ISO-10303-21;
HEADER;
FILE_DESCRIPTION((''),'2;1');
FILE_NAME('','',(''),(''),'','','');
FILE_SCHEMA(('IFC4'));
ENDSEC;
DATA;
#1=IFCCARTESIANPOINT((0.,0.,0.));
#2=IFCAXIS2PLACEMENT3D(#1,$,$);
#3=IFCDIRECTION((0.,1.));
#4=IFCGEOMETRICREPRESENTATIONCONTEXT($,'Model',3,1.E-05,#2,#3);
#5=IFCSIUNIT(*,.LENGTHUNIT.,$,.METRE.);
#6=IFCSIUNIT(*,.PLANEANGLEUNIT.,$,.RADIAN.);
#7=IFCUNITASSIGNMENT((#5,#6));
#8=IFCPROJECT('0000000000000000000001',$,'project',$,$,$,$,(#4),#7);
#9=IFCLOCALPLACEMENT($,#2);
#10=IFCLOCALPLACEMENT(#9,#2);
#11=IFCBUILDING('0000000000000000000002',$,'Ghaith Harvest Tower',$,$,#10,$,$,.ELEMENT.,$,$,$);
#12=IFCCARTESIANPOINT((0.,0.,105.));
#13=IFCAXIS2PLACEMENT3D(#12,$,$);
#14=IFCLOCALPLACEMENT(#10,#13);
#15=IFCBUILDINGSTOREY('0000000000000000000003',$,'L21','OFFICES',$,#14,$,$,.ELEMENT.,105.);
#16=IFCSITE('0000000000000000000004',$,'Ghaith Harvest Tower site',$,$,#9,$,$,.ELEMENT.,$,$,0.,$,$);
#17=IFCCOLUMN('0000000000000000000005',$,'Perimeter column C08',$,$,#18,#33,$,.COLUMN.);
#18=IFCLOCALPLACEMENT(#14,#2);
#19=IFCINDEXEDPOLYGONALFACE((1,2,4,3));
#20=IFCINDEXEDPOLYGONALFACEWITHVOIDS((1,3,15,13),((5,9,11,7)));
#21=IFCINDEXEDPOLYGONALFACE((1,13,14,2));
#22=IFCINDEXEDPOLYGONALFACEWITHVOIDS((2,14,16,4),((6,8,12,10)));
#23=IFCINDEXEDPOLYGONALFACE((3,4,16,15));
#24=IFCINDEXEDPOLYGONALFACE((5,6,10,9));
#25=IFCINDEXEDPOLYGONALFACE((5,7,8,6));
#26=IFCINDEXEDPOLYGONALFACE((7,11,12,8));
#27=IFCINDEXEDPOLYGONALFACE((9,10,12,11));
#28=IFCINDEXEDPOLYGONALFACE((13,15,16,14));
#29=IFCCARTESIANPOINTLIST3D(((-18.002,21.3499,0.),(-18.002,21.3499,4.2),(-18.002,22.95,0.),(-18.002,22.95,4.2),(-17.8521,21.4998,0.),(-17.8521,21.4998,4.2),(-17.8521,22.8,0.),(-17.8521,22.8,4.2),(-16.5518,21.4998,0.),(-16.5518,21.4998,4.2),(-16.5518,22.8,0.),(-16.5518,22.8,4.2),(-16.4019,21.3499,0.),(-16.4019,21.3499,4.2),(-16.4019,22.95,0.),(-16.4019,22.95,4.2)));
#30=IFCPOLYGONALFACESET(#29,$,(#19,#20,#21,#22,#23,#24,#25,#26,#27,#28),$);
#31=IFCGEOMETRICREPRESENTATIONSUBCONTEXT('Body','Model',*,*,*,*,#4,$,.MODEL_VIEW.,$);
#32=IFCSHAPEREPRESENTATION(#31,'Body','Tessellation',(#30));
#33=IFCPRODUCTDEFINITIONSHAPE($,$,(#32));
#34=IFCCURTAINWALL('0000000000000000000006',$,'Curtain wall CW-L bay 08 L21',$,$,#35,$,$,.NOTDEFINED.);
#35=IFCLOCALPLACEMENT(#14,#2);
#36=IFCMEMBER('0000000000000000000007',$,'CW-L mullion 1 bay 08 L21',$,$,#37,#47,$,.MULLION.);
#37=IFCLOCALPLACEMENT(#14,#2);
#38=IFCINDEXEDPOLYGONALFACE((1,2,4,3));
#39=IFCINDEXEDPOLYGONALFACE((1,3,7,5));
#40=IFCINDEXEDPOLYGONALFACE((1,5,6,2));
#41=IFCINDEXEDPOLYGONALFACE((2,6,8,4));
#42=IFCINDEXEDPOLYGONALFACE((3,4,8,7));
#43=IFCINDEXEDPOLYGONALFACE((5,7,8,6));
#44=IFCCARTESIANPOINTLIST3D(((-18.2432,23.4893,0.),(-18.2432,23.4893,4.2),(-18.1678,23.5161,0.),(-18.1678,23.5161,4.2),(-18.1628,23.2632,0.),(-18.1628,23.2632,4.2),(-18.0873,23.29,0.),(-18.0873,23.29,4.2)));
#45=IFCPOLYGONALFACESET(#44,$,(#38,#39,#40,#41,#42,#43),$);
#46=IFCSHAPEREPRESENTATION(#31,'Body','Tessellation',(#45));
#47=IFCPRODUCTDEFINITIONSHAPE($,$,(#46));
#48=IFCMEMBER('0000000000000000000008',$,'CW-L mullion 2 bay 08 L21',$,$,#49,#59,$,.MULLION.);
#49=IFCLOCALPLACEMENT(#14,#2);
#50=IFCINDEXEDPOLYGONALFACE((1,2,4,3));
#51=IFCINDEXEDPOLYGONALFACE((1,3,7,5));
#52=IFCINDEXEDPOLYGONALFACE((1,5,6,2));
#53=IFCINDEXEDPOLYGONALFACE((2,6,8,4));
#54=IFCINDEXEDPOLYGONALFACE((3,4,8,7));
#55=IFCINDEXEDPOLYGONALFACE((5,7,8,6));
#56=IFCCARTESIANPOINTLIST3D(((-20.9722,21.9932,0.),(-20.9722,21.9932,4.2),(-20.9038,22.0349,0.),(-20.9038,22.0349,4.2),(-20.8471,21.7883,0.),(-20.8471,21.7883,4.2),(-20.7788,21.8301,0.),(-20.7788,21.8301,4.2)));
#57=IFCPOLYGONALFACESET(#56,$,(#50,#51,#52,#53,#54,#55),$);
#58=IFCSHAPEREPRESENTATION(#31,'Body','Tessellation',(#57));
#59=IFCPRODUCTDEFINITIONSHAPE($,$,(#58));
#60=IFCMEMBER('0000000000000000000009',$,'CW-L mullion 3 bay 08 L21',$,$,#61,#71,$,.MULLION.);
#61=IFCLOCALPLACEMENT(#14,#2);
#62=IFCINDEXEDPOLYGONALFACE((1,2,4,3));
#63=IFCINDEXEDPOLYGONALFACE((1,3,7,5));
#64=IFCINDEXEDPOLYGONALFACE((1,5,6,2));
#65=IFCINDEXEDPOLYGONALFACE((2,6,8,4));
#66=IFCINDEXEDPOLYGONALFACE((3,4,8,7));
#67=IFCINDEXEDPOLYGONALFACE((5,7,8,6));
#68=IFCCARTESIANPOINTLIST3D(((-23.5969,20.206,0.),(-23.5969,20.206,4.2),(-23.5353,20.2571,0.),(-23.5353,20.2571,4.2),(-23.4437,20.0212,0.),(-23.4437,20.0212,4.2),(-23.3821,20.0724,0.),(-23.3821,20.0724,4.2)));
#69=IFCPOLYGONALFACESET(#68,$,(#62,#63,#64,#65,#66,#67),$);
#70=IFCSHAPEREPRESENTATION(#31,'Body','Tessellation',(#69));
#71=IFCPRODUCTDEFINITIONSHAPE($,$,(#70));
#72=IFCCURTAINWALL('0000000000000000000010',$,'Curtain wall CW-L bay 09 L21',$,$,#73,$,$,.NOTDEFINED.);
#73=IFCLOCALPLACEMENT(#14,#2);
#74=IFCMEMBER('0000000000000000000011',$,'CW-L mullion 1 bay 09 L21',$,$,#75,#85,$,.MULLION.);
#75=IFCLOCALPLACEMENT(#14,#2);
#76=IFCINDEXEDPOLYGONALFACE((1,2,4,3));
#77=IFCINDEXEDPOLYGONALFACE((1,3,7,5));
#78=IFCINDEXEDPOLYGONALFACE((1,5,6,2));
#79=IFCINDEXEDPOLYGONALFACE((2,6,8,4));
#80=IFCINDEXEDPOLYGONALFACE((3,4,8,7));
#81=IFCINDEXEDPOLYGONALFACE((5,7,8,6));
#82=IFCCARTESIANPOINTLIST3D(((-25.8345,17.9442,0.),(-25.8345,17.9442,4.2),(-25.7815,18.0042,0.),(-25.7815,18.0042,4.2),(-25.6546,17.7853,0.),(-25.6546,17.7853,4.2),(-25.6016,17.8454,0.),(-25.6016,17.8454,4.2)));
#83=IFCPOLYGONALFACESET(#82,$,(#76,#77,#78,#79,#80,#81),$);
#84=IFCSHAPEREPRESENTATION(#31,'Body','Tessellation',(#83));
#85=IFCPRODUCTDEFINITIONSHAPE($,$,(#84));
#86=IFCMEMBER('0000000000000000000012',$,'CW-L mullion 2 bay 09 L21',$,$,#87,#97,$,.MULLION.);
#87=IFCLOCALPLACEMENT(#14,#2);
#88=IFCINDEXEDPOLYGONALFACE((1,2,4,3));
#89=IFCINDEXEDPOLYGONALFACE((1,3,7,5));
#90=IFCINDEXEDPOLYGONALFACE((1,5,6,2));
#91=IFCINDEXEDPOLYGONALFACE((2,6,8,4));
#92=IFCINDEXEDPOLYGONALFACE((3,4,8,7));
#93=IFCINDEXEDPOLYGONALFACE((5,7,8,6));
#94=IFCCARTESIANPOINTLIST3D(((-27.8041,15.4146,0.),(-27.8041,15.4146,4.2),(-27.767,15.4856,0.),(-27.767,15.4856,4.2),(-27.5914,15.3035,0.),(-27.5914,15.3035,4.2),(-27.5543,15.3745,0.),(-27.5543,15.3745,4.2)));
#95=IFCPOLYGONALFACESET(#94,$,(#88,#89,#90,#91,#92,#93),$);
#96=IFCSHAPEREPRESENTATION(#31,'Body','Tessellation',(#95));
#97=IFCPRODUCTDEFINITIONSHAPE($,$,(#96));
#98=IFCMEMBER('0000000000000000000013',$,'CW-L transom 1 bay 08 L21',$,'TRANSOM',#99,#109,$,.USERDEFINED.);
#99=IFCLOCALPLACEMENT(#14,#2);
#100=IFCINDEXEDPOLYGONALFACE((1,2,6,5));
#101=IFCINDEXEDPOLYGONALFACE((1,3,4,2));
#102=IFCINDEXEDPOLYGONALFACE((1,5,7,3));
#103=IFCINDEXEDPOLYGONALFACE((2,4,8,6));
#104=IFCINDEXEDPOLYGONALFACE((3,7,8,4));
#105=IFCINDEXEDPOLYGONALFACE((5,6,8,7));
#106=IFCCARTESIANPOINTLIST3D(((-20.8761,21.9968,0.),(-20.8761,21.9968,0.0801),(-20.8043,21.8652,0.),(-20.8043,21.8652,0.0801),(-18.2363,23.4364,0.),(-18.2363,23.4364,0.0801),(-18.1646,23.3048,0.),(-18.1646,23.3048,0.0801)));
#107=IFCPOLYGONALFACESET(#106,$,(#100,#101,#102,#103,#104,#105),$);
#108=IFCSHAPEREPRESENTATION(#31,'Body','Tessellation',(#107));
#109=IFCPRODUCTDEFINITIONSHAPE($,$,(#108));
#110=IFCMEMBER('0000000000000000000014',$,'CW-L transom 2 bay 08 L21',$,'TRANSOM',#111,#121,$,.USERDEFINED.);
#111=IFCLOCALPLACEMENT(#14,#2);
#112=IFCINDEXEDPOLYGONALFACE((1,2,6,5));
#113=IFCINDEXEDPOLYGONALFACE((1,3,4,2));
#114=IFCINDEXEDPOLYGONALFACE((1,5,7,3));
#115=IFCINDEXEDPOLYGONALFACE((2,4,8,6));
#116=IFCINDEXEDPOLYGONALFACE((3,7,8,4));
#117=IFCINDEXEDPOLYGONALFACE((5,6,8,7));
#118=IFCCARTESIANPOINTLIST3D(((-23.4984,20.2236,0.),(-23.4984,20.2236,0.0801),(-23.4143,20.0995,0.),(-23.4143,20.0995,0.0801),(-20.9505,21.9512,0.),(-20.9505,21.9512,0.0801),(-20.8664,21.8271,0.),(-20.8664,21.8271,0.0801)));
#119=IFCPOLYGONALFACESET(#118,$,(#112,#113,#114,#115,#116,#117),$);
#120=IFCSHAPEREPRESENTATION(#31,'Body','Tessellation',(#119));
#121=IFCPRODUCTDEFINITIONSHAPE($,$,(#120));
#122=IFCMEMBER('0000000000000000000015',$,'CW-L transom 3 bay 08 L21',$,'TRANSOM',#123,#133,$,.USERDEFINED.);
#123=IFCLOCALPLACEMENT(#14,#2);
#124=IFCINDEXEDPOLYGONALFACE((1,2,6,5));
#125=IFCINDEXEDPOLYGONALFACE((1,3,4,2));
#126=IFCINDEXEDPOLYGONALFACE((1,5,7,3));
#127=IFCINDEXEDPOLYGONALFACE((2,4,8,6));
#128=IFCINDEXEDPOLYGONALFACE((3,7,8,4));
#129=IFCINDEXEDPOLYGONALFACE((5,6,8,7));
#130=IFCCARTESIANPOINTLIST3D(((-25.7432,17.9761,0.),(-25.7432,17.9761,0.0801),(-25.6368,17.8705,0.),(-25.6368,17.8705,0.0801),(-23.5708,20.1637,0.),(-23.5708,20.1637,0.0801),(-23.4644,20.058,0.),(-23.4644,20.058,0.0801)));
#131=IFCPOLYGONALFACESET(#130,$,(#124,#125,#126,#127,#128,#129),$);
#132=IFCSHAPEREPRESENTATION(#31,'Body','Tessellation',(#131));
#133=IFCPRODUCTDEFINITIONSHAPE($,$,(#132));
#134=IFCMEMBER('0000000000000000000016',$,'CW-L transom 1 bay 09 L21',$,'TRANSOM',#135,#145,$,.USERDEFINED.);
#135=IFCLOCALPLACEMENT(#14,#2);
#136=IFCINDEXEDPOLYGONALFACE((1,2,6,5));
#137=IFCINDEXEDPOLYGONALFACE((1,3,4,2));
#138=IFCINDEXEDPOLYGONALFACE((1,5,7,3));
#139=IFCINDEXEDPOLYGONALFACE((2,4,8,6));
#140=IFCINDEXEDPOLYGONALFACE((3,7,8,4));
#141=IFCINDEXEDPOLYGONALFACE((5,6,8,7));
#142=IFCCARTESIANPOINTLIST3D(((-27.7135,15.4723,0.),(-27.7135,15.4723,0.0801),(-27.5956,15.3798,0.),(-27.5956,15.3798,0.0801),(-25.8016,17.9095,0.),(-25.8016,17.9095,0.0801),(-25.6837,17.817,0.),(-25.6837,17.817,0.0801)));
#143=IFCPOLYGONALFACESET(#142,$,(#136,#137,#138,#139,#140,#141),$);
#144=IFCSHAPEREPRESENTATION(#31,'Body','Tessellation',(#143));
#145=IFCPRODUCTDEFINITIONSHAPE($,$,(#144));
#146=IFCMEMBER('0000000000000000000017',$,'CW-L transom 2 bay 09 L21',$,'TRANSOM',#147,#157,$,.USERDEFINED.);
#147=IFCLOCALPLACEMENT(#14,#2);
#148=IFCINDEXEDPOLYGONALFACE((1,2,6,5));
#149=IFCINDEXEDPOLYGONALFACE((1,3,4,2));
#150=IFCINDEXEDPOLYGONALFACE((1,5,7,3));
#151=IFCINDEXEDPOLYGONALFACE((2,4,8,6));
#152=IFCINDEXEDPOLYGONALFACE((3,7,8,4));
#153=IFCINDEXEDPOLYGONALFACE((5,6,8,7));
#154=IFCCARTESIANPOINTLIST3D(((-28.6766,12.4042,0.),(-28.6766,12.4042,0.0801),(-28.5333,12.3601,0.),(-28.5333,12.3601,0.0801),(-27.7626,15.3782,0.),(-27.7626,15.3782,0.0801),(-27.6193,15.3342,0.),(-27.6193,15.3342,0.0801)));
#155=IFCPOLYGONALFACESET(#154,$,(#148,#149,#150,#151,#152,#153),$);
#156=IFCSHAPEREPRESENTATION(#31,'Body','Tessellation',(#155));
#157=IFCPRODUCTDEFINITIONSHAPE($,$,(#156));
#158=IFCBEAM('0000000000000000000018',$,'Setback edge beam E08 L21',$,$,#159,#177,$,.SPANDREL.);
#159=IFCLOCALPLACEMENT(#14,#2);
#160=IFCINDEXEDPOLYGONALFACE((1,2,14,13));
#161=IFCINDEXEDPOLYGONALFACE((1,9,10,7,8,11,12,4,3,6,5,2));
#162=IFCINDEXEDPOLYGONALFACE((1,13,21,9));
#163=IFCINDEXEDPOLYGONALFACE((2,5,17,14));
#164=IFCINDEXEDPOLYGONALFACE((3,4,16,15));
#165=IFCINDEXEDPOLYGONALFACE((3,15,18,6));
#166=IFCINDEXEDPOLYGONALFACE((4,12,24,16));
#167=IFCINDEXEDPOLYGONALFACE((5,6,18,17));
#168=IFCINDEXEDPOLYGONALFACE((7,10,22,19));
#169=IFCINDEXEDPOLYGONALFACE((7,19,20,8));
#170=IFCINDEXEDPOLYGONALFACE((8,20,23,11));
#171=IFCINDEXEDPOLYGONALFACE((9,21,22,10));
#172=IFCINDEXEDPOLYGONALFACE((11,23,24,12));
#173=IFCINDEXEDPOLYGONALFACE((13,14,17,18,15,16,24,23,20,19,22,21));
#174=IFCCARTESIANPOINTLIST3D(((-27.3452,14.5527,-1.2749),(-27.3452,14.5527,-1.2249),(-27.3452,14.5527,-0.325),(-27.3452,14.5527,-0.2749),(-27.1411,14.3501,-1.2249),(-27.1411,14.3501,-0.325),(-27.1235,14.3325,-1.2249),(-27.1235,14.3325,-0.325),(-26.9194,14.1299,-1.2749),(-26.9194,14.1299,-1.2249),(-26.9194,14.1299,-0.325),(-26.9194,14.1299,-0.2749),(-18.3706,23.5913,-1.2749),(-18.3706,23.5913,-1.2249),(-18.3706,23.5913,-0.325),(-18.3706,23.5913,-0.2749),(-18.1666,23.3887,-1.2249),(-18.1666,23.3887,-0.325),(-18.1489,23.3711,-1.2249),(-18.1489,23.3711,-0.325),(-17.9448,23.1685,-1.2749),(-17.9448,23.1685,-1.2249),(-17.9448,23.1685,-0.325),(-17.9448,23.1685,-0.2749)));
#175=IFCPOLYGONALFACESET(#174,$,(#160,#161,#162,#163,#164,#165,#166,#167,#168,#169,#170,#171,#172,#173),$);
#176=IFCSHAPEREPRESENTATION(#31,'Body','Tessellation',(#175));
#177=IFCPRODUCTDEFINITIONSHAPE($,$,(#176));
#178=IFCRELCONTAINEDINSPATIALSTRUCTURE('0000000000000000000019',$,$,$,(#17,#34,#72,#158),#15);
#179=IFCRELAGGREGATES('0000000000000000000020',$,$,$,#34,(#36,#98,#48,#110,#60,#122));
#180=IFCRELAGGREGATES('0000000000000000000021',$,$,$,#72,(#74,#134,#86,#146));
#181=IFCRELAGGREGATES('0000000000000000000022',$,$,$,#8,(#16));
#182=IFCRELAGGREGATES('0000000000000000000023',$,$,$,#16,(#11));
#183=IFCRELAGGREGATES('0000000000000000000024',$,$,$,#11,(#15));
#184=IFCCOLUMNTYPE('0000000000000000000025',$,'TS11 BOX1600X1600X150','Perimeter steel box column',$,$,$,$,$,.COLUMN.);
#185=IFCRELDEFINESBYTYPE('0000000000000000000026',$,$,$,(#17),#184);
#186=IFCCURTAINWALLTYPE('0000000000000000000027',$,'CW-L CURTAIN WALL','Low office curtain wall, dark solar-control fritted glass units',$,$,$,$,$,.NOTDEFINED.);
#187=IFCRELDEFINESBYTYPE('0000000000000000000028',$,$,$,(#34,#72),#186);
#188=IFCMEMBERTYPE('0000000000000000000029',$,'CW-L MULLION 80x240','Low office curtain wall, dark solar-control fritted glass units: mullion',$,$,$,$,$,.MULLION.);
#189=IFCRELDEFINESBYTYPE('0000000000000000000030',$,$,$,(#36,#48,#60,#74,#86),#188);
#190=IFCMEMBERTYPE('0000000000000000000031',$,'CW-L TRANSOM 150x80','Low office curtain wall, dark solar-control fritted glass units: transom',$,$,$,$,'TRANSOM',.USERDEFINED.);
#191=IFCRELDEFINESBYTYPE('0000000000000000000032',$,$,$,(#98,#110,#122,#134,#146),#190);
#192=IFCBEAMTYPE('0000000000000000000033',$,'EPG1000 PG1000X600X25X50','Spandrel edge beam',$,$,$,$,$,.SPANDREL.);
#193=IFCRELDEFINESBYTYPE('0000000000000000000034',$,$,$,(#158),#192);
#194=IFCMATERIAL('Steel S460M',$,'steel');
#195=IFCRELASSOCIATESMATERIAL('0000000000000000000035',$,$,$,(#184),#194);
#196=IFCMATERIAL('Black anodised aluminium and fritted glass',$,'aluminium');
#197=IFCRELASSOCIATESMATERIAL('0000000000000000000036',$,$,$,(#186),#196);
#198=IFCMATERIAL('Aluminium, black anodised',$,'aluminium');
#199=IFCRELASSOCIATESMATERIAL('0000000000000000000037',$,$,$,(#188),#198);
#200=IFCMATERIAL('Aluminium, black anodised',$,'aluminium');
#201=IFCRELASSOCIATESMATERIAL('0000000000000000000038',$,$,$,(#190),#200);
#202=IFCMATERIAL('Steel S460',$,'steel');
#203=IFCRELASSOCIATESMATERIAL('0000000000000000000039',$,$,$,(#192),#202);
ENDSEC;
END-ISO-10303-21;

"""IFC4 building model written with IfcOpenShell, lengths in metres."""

from ifc_helpers import new_model, si_unit, direction, frame, origin, origin_2d, place, context, subcontext, project, spatial, rectangle, hollow_rectangle, i_section, extrude, material, material_profile, profile_set, type_object, element, aggregate, save


model = new_model("IFC4")

# Units and contexts
model_context = context("Model", 3, precision=1e-05, world=origin(), true_north=direction((0.0, 1.0)))
body_context = subcontext(model_context, "Body", "Model", "MODEL_VIEW")
ifc_project = project(units=[si_unit("LENGTHUNIT", "METRE"), si_unit("PLANEANGLEUNIT", "RADIAN")], contexts=[model_context])

# Site, building, storey
site_placement = place(None, origin())
site = spatial("IfcSite", under=ifc_project, at=site_placement, Name="Ghaith Harvest Tower site", CompositionType="ELEMENT", RefElevation=0.0)
building_placement = place(site_placement, origin())
building = spatial("IfcBuilding", under=site, at=building_placement, Name="Ghaith Harvest Tower", CompositionType="ELEMENT")
storey_placement = place(building_placement, frame((0.0, 0.0, 105.0)))
storey = spatial("IfcBuildingStorey", under=building, at=storey_placement, Name="L21", Description="OFFICES", CompositionType="ELEMENT", Elevation=105.0)

# Column
ifc_material_1 = material(Name="Steel S460M", Category="steel")
ifc_material_profile_1 = material_profile(ifc_material_1, hollow_rectangle(XDim=1.6001, YDim=1.6001, WallThickness=0.1499, at=origin_2d()), Name="BOX1600X1600X150")
ifc_profile_set_1 = profile_set([ifc_material_profile_1], Name="Steel S460M")
column_type = type_object("IfcColumnType", Name="TS11 BOX1600X1600X150", Description="Perimeter steel box column", PredefinedType="COLUMN", material=ifc_profile_set_1)
column_placement = place(storey_placement, frame((-17.2019, 22.1499, 0.0), z_axis=(0.0, 0.0, 1.0), x_axis=(1.0, 0.0, 0.0)))
element("IfcColumn", 1, at=column_placement, inside=storey, type_object=column_type, Name="Perimeter column C08", PredefinedType="COLUMN", context=body_context, shape_type="SweptSolid", body=[
    extrude(hollow_rectangle(XDim=1.6001, YDim=1.6001, WallThickness=0.1499, at=origin_2d()), origin(), (0.0, 0.0, 1.0), 4.2),
])

# Curtain walls, members
ifc_material_2 = material(Name="Black anodised aluminium and fritted glass", Category="aluminium")
curtain_wall_type = type_object("IfcCurtainWallType", Name="CW-L CURTAIN WALL", Description="Low office curtain wall, dark solar-control fritted glass units", PredefinedType="NOTDEFINED", material=ifc_material_2)
curtain_wall_1_placement = place(storey_placement, origin())
curtain_wall_1 = element("IfcCurtainWall", 2, at=curtain_wall_1_placement, inside=storey, type_object=curtain_wall_type, Name="Curtain wall CW-L bay 08 L21", PredefinedType="NOTDEFINED")
ifc_material_3 = material(Name="Aluminium, black anodised", Category="aluminium")
ifc_material_profile_2 = material_profile(ifc_material_3, rectangle(XDim=0.0801, YDim=0.24, at=origin_2d()), Name="CW-L MULLION 80x240")
ifc_profile_set_2 = profile_set([ifc_material_profile_2], Name="Aluminium, black anodised")
member_type_1 = type_object("IfcMemberType", Name="CW-L MULLION 80x240", Description="Low office curtain wall, dark solar-control fritted glass units: mullion", PredefinedType="MULLION", material=ifc_profile_set_2)
member_1_placement = place(storey_placement, frame((-18.1653, 23.3896, 0.0), z_axis=(0.0, 0.0, 1.0), x_axis=(-0.942104, -0.335322, 0.0)))
member_1 = element("IfcMember", 3, at=member_1_placement, type_object=member_type_1, Name="CW-L mullion 1 bay 08 L21", PredefinedType="MULLION", context=body_context, shape_type="SweptSolid", body=[
    extrude(rectangle(XDim=0.0801, YDim=0.24, at=origin_2d()), origin(), (0.0, 0.0, 1.0), 4.2),
])
member_2_placement = place(storey_placement, frame((-20.8755, 21.9116, 0.0), z_axis=(0.0, 0.0, 1.0), x_axis=(-0.853516, -0.521067, 0.0)))
member_2 = element("IfcMember", 4, at=member_2_placement, type_object=member_type_1, Name="CW-L mullion 2 bay 08 L21", PredefinedType="MULLION", context=body_context, shape_type="SweptSolid", body=[
    extrude(rectangle(XDim=0.0801, YDim=0.24, at=origin_2d()), origin(), (0.0, 0.0, 1.0), 4.2),
])
member_3_placement = place(storey_placement, frame((-23.4895, 20.1392, 0.0), z_axis=(0.0, 0.0, 1.0), x_axis=(-0.769683, -0.638427, 0.0)))
member_3 = element("IfcMember", 5, at=member_3_placement, type_object=member_type_1, Name="CW-L mullion 3 bay 08 L21", PredefinedType="MULLION", context=body_context, shape_type="SweptSolid", body=[
    extrude(rectangle(XDim=0.0801, YDim=0.24, at=origin_2d()), origin(), (0.0, 0.0, 1.0), 4.2),
])
curtain_wall_2_placement = place(storey_placement, origin())
curtain_wall_2 = element("IfcCurtainWall", 6, at=curtain_wall_2_placement, inside=storey, type_object=curtain_wall_type, Name="Curtain wall CW-L bay 09 L21", PredefinedType="NOTDEFINED")
member_4_placement = place(storey_placement, frame((-25.718, 17.8948, 0.0), z_axis=(0.0, 0.0, 1.0), x_axis=(-0.661904, -0.749589, 0.0)))
member_4 = element("IfcMember", 7, at=member_4_placement, type_object=member_type_1, Name="CW-L mullion 1 bay 09 L21", PredefinedType="MULLION", context=body_context, shape_type="SweptSolid", body=[
    extrude(rectangle(XDim=0.0801, YDim=0.24, at=origin_2d()), origin(), (0.0, 0.0, 1.0), 4.2),
])
member_5_placement = place(storey_placement, frame((-27.6792, 15.3945, 0.0), z_axis=(0.0, 0.0, 1.0), x_axis=(-0.46289, -0.886416, 0.0)))
member_5 = element("IfcMember", 8, at=member_5_placement, type_object=member_type_1, Name="CW-L mullion 2 bay 09 L21", PredefinedType="MULLION", context=body_context, shape_type="SweptSolid", body=[
    extrude(rectangle(XDim=0.0801, YDim=0.24, at=origin_2d()), origin(), (0.0, 0.0, 1.0), 4.2),
])

# Members
ifc_material_4 = material(Name="Aluminium, black anodised", Category="aluminium")
ifc_material_profile_3 = material_profile(ifc_material_4, rectangle(XDim=0.1499, YDim=0.0801, at=origin_2d()), Name="CW-L TRANSOM 150x80")
ifc_profile_set_3 = profile_set([ifc_material_profile_3], Name="Aluminium, black anodised")
member_type_2 = type_object("IfcMemberType", Name="CW-L TRANSOM 150x80", Description="Low office curtain wall, dark solar-control fritted glass units: transom", ElementType="TRANSOM", PredefinedType="USERDEFINED", material=ifc_profile_set_3)
member_6_placement = place(storey_placement, frame((-18.2004, 23.3706, 0.04), z_axis=(-0.87793, -0.47879, 0.0), x_axis=(0.47879, -0.87793, 0.0)))
member_6 = element("IfcMember", 9, at=member_6_placement, type_object=member_type_2, Name="CW-L transom 1 bay 08 L21", ObjectType="TRANSOM", PredefinedType="USERDEFINED", context=body_context, shape_type="SweptSolid", body=[
    extrude(rectangle(XDim=0.1499, YDim=0.0801, at=origin_2d()), origin(), (0.0, 0.0, 1.0), 3.0068),
])
member_7_placement = place(storey_placement, frame((-20.9084, 21.8892, 0.04), z_axis=(-0.827681, -0.561199, 0.0), x_axis=(0.561199, -0.827681, 0.0)))
member_7 = element("IfcMember", 10, at=member_7_placement, type_object=member_type_2, Name="CW-L transom 2 bay 08 L21", ObjectType="TRANSOM", PredefinedType="USERDEFINED", context=body_context, shape_type="SweptSolid", body=[
    extrude(rectangle(XDim=0.1499, YDim=0.0801, at=origin_2d()), origin(), (0.0, 0.0, 1.0), 3.0784),
])
member_8_placement = place(storey_placement, frame((-23.5176, 20.1108, 0.04), z_axis=(-0.704648, -0.709557, 0.0), x_axis=(0.709557, -0.704648, 0.0)))
member_8 = element("IfcMember", 11, at=member_8_placement, type_object=member_type_2, Name="CW-L transom 3 bay 08 L21", ObjectType="TRANSOM", PredefinedType="USERDEFINED", context=body_context, shape_type="SweptSolid", body=[
    extrude(rectangle(XDim=0.1499, YDim=0.0801, at=origin_2d()), origin(), (0.0, 0.0, 1.0), 3.083),
])
member_9_placement = place(storey_placement, frame((-25.7427, 17.8633, 0.04), z_axis=(-0.617198, -0.786808, 0.0), x_axis=(0.786808, -0.617198, 0.0)))
member_9 = element("IfcMember", 12, at=member_9_placement, type_object=member_type_2, Name="CW-L transom 1 bay 09 L21", ObjectType="TRANSOM", PredefinedType="USERDEFINED", context=body_context, shape_type="SweptSolid", body=[
    extrude(rectangle(XDim=0.1499, YDim=0.0801, at=origin_2d()), origin(), (0.0, 0.0, 1.0), 3.0977),
])
member_10_placement = place(storey_placement, frame((-27.6909, 15.3562, 0.04), z_axis=(-0.293777, -0.955874, 0.0), x_axis=(0.955874, -0.293777, 0.0)))
member_10 = element("IfcMember", 13, at=member_10_placement, type_object=member_type_2, Name="CW-L transom 2 bay 09 L21", ObjectType="TRANSOM", PredefinedType="USERDEFINED", context=body_context, shape_type="SweptSolid", body=[
    extrude(rectangle(XDim=0.1499, YDim=0.0801, at=origin_2d()), origin(), (0.0, 0.0, 1.0), 3.1113),
])

# Beam
ifc_material_5 = material(Name="Steel S460", Category="steel")
ifc_material_profile_4 = material_profile(ifc_material_5, i_section(OverallWidth=0.6001, OverallDepth=1.0, WebThickness=0.0249, FlangeThickness=0.05, at=origin_2d()), Name="PG1000X600X25X50")
ifc_profile_set_4 = profile_set([ifc_material_profile_4], Name="Steel S460")
beam_type_1 = type_object("IfcBeamType", Name="EPG1000 PG1000X600X25X50", Description="Spandrel edge beam", PredefinedType="SPANDREL", material=ifc_profile_set_4)
beam_1_placement = place(storey_placement, frame((-18.1577, 23.3799, -0.7749), z_axis=(-0.704591, -0.709613, 0.0), x_axis=(0.709613, -0.704591, 0.0)))
element("IfcBeam", 14, at=beam_1_placement, inside=storey, type_object=beam_type_1, Name="Setback edge beam E08 L21", PredefinedType="SPANDREL", context=body_context, shape_type="SweptSolid", body=[
    extrude(i_section(OverallWidth=0.6001, OverallDepth=1.0, WebThickness=0.0249, FlangeThickness=0.05, at=origin_2d()), origin(), (0.0, 0.0, 1.0), 12.7373),
])

aggregate(curtain_wall_1, [member_1, member_6, member_2, member_7, member_3, member_8])
aggregate(curtain_wall_2, [member_4, member_9, member_5, member_10])

save(model, "model.ifc")
